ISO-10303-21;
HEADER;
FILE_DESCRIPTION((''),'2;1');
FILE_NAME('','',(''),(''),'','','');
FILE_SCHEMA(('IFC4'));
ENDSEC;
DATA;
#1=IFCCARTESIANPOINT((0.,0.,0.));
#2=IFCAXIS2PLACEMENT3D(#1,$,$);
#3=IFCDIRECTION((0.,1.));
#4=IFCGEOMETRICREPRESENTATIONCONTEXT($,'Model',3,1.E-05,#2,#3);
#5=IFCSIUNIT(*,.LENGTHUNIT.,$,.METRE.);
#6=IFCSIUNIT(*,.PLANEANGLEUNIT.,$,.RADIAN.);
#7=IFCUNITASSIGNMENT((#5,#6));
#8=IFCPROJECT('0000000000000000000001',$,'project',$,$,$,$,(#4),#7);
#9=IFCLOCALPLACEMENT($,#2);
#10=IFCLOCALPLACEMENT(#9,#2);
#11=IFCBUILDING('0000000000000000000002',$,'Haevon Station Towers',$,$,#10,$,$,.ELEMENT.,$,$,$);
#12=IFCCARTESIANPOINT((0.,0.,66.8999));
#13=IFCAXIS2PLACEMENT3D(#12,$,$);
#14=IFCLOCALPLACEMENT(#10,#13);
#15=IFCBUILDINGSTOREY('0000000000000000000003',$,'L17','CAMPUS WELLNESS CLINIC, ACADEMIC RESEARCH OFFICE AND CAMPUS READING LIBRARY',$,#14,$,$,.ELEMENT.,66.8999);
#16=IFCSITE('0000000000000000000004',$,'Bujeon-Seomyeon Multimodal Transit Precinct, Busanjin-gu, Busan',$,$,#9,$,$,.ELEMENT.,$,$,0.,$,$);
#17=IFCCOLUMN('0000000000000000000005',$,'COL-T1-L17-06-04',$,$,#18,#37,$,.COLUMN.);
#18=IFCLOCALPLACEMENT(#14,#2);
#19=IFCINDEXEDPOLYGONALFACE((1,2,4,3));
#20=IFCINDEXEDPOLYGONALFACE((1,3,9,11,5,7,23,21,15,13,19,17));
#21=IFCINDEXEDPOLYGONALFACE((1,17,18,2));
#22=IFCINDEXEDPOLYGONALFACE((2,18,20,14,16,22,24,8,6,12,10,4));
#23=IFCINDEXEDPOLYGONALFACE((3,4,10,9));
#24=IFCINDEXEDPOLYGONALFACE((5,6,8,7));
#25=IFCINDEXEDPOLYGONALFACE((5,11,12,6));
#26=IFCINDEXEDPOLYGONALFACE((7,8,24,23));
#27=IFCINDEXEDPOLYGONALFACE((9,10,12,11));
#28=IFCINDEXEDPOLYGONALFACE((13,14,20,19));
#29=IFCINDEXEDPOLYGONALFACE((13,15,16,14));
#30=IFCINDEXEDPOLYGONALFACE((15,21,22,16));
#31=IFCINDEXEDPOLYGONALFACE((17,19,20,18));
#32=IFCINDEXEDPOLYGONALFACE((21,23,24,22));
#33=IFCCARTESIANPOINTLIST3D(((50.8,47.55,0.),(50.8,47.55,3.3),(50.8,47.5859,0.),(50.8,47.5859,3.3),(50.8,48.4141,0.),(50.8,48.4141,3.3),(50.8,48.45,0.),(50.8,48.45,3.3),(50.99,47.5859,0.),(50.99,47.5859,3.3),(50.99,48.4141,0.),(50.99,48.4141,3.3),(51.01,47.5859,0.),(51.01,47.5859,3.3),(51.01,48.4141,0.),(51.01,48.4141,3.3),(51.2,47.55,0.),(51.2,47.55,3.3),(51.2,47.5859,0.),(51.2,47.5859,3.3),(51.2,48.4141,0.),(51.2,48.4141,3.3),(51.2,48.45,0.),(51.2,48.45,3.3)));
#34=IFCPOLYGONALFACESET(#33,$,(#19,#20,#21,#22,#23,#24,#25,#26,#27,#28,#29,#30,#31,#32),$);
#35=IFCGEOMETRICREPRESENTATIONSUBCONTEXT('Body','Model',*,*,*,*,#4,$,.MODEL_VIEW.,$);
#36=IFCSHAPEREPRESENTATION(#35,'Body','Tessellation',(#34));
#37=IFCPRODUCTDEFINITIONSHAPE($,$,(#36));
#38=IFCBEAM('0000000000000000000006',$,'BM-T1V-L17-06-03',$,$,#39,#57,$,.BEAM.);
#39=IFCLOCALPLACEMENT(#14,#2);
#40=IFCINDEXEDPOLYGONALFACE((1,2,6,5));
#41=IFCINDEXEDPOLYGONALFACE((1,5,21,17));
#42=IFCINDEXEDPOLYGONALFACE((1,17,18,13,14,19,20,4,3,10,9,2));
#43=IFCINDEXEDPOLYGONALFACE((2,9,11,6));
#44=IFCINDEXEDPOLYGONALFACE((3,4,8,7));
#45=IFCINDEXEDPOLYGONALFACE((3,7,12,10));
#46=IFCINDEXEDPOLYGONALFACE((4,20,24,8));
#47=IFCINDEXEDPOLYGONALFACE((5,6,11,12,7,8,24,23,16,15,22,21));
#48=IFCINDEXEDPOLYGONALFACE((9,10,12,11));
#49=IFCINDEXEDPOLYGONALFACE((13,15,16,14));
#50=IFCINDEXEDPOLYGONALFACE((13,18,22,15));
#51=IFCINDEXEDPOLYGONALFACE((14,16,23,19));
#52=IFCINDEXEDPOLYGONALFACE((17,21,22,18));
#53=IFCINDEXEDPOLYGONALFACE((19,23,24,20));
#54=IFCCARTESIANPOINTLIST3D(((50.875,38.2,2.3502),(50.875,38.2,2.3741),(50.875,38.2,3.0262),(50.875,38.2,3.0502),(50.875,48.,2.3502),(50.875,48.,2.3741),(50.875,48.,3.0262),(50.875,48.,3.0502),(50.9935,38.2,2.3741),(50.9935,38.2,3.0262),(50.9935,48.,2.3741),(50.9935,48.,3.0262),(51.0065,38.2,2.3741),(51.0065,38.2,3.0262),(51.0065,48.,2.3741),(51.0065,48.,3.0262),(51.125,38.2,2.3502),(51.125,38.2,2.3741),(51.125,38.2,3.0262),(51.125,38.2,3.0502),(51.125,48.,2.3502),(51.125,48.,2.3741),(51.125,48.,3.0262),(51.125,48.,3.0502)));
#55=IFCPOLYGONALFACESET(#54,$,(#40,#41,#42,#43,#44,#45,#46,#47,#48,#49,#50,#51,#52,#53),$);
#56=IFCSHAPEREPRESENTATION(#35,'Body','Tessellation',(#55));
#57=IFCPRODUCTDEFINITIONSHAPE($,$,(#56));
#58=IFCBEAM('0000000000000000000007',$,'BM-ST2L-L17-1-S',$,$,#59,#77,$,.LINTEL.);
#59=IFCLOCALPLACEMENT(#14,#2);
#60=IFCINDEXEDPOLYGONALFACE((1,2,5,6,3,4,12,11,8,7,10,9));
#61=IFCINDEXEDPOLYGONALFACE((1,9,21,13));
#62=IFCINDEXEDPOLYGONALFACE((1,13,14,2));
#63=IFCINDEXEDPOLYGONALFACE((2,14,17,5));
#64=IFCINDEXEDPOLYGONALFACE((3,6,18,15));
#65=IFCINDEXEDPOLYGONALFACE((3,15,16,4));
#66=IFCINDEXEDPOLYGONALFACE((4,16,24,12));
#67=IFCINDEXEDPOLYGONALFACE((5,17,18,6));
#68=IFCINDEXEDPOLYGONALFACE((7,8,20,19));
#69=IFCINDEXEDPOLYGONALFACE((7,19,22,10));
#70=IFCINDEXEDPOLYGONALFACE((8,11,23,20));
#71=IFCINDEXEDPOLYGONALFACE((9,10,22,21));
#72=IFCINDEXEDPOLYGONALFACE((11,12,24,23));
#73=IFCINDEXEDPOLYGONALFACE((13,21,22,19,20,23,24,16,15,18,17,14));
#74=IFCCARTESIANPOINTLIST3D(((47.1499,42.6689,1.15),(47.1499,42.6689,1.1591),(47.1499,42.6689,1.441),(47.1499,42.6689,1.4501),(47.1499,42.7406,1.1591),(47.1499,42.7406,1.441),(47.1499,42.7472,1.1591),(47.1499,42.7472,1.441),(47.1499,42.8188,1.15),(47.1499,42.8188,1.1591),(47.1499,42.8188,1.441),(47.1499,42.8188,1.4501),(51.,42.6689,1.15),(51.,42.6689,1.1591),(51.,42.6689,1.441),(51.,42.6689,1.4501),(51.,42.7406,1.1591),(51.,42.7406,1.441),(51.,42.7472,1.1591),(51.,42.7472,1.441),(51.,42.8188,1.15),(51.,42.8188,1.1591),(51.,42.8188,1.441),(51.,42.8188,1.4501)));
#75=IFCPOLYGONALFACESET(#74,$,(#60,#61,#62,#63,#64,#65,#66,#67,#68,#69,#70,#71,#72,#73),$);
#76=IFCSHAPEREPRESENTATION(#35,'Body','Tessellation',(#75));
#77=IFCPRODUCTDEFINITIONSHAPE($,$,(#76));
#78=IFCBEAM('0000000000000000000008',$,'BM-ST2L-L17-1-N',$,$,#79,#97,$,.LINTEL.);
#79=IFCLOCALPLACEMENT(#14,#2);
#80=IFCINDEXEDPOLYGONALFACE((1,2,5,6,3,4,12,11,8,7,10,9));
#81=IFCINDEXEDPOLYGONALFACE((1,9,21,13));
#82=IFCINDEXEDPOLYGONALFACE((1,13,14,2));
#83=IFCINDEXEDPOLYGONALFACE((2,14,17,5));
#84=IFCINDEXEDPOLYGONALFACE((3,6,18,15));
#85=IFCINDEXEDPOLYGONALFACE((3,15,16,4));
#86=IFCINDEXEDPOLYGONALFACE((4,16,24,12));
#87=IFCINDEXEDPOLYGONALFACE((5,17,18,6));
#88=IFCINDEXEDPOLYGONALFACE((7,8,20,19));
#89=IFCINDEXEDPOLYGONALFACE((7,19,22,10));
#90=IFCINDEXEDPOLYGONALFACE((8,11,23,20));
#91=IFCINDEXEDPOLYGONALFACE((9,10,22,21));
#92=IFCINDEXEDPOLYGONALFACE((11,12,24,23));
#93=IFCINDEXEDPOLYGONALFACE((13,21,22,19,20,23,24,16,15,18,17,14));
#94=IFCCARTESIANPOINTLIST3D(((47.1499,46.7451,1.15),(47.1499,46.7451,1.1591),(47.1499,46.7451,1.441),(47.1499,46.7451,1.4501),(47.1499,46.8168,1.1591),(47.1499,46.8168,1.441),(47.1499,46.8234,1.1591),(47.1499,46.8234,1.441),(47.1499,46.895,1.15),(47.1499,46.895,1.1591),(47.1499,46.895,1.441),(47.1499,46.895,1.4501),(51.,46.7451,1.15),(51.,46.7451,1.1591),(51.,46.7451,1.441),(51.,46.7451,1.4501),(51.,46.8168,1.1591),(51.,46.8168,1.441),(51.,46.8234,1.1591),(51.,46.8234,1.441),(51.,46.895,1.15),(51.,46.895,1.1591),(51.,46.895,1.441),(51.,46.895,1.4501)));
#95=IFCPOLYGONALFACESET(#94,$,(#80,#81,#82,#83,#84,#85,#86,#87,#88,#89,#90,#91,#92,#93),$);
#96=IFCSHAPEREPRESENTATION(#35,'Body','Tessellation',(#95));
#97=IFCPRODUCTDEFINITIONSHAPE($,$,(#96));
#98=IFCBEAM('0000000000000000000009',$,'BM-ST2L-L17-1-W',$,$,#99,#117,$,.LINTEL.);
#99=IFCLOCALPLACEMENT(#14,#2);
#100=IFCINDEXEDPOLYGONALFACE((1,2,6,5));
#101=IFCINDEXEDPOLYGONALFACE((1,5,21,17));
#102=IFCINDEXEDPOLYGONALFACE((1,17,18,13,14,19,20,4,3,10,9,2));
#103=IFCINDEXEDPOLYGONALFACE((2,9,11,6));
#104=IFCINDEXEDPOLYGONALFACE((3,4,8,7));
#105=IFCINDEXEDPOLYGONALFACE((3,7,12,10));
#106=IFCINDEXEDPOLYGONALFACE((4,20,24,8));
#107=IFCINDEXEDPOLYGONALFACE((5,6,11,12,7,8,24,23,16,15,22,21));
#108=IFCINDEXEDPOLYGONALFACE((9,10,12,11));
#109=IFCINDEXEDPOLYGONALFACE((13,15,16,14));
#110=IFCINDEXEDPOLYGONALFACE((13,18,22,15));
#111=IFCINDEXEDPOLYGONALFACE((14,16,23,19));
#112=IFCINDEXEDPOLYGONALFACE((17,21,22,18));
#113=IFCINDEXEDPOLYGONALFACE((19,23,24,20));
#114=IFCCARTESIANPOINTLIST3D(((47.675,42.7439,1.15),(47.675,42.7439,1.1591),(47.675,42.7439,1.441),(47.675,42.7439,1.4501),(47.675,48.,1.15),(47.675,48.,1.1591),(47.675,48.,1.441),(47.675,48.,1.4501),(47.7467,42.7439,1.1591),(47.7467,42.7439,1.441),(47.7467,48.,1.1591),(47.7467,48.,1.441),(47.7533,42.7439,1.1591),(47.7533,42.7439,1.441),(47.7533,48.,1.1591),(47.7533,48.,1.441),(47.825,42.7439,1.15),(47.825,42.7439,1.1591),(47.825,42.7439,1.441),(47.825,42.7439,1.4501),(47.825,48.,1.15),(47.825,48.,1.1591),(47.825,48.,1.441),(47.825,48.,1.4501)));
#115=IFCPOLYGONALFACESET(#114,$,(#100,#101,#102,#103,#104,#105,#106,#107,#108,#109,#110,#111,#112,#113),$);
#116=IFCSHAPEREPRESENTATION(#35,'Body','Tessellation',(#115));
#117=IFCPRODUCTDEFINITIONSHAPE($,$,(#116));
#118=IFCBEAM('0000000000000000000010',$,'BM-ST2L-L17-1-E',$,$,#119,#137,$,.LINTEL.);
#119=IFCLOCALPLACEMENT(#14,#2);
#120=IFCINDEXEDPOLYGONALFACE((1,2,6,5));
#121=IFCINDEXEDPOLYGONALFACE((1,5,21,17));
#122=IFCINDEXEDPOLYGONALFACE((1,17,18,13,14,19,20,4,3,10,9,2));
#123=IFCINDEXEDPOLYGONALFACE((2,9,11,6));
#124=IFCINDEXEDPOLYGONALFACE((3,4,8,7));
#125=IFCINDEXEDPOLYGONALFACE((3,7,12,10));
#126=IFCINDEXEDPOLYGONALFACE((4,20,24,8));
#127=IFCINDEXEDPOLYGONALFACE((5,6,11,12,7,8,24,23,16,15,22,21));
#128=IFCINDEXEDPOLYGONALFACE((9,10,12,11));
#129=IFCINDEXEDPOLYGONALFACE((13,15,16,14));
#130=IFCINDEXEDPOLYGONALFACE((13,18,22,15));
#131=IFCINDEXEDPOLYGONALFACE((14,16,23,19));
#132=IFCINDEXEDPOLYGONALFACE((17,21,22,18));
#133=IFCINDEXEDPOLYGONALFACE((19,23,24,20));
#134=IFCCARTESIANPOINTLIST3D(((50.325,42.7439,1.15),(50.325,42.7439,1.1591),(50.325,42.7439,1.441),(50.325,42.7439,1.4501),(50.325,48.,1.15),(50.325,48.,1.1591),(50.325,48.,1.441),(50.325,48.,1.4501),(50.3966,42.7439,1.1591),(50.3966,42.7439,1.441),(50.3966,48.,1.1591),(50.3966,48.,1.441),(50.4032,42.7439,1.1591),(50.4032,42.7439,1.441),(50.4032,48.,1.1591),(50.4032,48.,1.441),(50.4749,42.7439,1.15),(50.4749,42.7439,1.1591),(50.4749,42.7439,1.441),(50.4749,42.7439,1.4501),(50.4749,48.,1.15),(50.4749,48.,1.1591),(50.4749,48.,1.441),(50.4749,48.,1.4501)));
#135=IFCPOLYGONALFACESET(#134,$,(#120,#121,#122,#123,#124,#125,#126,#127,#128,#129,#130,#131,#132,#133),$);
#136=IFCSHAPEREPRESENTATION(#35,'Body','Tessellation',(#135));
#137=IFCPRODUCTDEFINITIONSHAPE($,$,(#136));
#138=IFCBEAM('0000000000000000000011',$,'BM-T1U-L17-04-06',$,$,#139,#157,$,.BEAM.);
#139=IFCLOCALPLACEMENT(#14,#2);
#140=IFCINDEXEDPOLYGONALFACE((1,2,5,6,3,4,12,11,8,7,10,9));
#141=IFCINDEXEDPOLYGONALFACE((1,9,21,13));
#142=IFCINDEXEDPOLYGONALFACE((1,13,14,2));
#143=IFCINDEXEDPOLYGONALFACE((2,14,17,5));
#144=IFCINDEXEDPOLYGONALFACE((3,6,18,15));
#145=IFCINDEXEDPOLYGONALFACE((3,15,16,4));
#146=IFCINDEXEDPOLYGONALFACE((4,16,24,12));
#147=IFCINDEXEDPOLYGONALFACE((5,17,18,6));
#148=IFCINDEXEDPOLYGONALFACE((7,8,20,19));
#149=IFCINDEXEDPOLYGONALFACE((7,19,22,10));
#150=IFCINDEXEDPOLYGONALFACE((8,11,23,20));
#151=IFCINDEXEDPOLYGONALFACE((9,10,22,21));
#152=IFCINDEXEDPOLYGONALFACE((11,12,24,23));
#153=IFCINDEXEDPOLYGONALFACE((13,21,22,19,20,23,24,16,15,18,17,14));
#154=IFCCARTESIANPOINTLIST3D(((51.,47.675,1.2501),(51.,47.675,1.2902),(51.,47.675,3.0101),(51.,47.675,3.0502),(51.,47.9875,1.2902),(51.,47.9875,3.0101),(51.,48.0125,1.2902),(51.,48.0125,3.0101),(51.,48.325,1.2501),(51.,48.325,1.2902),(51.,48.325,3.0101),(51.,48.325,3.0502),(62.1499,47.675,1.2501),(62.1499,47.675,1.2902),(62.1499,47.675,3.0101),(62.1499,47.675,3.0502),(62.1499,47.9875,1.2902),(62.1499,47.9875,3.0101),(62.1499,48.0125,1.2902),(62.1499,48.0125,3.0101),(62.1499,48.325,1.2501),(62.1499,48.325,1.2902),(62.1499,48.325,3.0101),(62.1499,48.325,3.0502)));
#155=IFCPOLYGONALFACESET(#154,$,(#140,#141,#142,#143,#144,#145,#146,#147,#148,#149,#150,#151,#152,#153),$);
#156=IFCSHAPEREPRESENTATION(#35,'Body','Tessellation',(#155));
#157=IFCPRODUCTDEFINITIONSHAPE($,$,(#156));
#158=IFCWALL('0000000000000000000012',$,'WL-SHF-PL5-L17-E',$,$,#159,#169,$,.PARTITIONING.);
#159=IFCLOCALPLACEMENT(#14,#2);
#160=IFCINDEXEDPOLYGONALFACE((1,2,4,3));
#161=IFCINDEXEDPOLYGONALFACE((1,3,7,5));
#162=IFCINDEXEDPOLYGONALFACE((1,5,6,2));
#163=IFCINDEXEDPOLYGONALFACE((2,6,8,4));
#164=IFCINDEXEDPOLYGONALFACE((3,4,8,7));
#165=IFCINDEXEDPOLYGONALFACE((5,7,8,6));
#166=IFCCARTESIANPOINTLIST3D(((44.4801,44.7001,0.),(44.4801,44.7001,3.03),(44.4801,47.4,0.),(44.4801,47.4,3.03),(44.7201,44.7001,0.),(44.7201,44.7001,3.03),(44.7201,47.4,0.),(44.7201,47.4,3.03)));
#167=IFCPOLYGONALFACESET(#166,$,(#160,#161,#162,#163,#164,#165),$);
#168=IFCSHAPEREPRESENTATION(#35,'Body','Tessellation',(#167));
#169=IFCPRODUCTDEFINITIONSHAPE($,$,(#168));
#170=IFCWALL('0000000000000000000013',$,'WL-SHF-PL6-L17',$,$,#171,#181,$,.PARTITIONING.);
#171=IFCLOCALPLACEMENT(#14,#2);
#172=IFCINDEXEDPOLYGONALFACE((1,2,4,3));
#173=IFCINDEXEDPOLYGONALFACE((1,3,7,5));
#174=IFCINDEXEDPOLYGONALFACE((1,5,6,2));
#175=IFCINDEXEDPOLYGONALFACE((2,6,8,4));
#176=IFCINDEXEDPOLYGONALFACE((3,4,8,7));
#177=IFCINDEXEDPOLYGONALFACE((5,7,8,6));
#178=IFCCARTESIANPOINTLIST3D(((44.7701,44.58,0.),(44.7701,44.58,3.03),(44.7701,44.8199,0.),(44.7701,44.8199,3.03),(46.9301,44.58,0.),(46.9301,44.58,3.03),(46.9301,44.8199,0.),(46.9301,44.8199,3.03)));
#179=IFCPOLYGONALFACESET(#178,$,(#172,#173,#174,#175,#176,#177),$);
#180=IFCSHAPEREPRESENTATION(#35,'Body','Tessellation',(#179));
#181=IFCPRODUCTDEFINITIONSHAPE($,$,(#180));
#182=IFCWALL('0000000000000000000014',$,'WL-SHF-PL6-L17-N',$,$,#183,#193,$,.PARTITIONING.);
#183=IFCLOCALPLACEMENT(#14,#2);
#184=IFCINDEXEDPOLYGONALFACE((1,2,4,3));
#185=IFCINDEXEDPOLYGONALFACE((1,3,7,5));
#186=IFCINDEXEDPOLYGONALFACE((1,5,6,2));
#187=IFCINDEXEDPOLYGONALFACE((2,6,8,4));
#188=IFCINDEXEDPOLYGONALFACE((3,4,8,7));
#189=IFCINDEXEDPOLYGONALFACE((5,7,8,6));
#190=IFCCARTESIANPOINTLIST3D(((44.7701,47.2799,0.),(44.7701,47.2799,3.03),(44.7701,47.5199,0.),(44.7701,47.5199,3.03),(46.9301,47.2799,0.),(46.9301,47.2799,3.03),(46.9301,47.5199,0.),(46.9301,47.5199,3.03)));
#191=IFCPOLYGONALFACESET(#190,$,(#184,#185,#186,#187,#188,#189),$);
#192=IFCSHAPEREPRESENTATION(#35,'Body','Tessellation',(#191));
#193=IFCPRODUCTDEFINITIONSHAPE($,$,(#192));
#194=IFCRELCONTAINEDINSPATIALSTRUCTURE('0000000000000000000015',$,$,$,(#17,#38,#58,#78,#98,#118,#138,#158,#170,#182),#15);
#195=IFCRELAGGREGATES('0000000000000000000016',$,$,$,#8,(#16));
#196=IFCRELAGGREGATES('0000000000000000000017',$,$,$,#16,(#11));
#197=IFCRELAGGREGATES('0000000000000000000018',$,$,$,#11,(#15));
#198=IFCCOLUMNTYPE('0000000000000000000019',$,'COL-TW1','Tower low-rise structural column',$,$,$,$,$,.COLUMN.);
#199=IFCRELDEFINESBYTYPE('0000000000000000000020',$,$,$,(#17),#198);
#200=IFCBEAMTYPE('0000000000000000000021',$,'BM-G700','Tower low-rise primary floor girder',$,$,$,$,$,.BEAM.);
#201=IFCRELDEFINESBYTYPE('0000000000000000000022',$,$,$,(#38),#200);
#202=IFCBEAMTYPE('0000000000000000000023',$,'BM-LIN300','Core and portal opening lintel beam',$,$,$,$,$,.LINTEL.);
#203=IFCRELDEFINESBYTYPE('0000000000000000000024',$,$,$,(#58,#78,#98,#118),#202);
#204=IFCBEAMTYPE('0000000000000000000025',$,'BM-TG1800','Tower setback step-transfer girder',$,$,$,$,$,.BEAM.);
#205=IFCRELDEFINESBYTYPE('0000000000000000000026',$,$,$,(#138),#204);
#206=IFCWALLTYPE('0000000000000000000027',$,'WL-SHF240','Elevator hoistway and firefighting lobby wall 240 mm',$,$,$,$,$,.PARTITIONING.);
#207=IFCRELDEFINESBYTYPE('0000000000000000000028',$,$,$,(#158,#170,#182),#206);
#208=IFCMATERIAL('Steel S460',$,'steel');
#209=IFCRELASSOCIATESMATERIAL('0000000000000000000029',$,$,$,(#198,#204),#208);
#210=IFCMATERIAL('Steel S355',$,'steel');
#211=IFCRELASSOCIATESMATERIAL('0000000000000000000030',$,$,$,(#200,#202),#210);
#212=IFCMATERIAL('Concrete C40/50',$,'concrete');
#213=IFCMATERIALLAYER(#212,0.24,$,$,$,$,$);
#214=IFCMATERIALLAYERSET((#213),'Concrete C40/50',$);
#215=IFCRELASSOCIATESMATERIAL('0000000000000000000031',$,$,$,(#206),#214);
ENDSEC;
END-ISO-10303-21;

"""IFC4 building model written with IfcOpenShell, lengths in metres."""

from ifc_helpers import new_model, si_unit, direction, frame, frame_2d, origin, origin_2d, place, context, subcontext, project, spatial, rectangle, i_section, extrude, material, layer, layer_set, material_profile, profile_set, type_object, element, save


model = new_model("IFC4")

# Units and contexts
model_context = context("Model", 3, precision=1e-05, world=origin(), true_north=direction((0.0, 1.0)))
body_context = subcontext(model_context, "Body", "Model", "MODEL_VIEW")
ifc_project = project(units=[si_unit("LENGTHUNIT", "METRE"), si_unit("PLANEANGLEUNIT", "RADIAN")], contexts=[model_context])

# Site, building, storey
site_placement = place(None, origin())
site = spatial("IfcSite", under=ifc_project, at=site_placement, Name="Bujeon-Seomyeon Multimodal Transit Precinct, Busanjin-gu, Busan", CompositionType="ELEMENT", RefElevation=0.0)
building_placement = place(site_placement, origin())
building = spatial("IfcBuilding", under=site, at=building_placement, Name="Haevon Station Towers", CompositionType="ELEMENT")
storey_placement = place(building_placement, frame((0.0, 0.0, 66.8999)))
storey = spatial("IfcBuildingStorey", under=building, at=storey_placement, Name="L17", Description="CAMPUS WELLNESS CLINIC, ACADEMIC RESEARCH OFFICE AND CAMPUS READING LIBRARY", CompositionType="ELEMENT", Elevation=66.8999)

# Column
ifc_material_1 = material(Name="Steel S460", Category="steel")
ifc_material_profile_1 = material_profile(ifc_material_1, i_section(OverallWidth=0.3999, OverallDepth=0.8999, WebThickness=0.02, FlangeThickness=0.0359, at=origin_2d()), Name="H-900x400x20x36")
ifc_profile_set_1 = profile_set([ifc_material_profile_1], Name="Steel S460")
column_type = type_object("IfcColumnType", Name="COL-TW1", Description="Tower low-rise structural column", PredefinedType="COLUMN", material=ifc_profile_set_1)
column_placement = place(storey_placement, frame((51.0, 48.0, 0.0), z_axis=(0.0, 0.0, 1.0), x_axis=(1.0, 0.0, 0.0)))
element("IfcColumn", 1, at=column_placement, inside=storey, type_object=column_type, Name="COL-T1-L17-06-04", PredefinedType="COLUMN", context=body_context, shape_type="SweptSolid", body=[
    extrude(i_section(OverallWidth=0.3999, OverallDepth=0.8999, WebThickness=0.02, FlangeThickness=0.0359, at=origin_2d()), origin(), (0.0, 0.0, 1.0), 3.3),
])

# Beams
ifc_material_2 = material(Name="Steel S355", Category="steel")
ifc_material_profile_2 = material_profile(ifc_material_2, i_section(OverallWidth=0.25, OverallDepth=0.7, WebThickness=0.0129, FlangeThickness=0.0239, at=origin_2d()), Name="H-700x250x13x24")
ifc_profile_set_2 = profile_set([ifc_material_profile_2], Name="Steel S355")
beam_type_1 = type_object("IfcBeamType", Name="BM-G700", Description="Tower low-rise primary floor girder", PredefinedType="BEAM", material=ifc_profile_set_2)
beam_1_placement = place(storey_placement, frame((51.0, 38.2, 2.7002), z_axis=(0.0, 1.0, 0.0), x_axis=(-1.0, 0.0, 0.0)))
element("IfcBeam", 2, at=beam_1_placement, inside=storey, type_object=beam_type_1, Name="BM-T1V-L17-06-03", PredefinedType="BEAM", context=body_context, shape_type="SweptSolid", body=[
    extrude(i_section(OverallWidth=0.25, OverallDepth=0.7, WebThickness=0.0129, FlangeThickness=0.0239, at=origin_2d()), origin(), (0.0, 0.0, 1.0), 9.8),
])
ifc_material_profile_3 = material_profile(ifc_material_2, i_section(OverallWidth=0.1499, OverallDepth=0.3, WebThickness=0.0066, FlangeThickness=0.009, at=origin_2d()), Name="H-300x150x6.5x9")
ifc_profile_set_3 = profile_set([ifc_material_profile_3], Name="Steel S355")
beam_type_2 = type_object("IfcBeamType", Name="BM-LIN300", Description="Core and portal opening lintel beam", PredefinedType="LINTEL", material=ifc_profile_set_3)
for number, where, z_axis, x_axis, name in (
    (3, (47.1499, 42.7439, 1.3), (1.0, 0.0, 0.0), (0.0, 1.0, 0.0), "BM-ST2L-L17-1-S"),
    (4, (47.1499, 46.8201, 1.3), (1.0, 0.0, 0.0), (0.0, 1.0, 0.0), "BM-ST2L-L17-1-N"),
):
    element("IfcBeam", number, at=place(storey_placement, frame(where, z_axis=z_axis, x_axis=x_axis)), inside=storey, type_object=beam_type_2, Name=name, PredefinedType="LINTEL", context=body_context, shape_type="SweptSolid", body=[
        extrude(i_section(OverallWidth=0.1499, OverallDepth=0.3, WebThickness=0.0066, FlangeThickness=0.009, at=origin_2d()), origin(), (0.0, 0.0, 1.0), 3.8501),
    ])
for number, where, z_axis, x_axis, name in (
    (5, (47.75, 42.7439, 1.3), (0.0, 1.0, 0.0), (-1.0, 0.0, 0.0), "BM-ST2L-L17-1-W"),
    (6, (50.3999, 42.7439, 1.3), (0.0, 1.0, 0.0), (-1.0, 0.0, 0.0), "BM-ST2L-L17-1-E"),
):
    element("IfcBeam", number, at=place(storey_placement, frame(where, z_axis=z_axis, x_axis=x_axis)), inside=storey, type_object=beam_type_2, Name=name, PredefinedType="LINTEL", context=body_context, shape_type="SweptSolid", body=[
        extrude(i_section(OverallWidth=0.1499, OverallDepth=0.3, WebThickness=0.0066, FlangeThickness=0.009, at=origin_2d()), origin(), (0.0, 0.0, 1.0), 5.2561),
    ])
ifc_material_profile_4 = material_profile(ifc_material_1, i_section(OverallWidth=0.6499, OverallDepth=1.8, WebThickness=0.0249, FlangeThickness=0.04, at=origin_2d()), Name="H-1800x650x25x40")
ifc_profile_set_4 = profile_set([ifc_material_profile_4], Name="Steel S460")
beam_type_3 = type_object("IfcBeamType", Name="BM-TG1800", Description="Tower setback step-transfer girder", PredefinedType="BEAM", material=ifc_profile_set_4)
beam_2_placement = place(storey_placement, frame((51.0, 48.0, 2.1501), z_axis=(1.0, 0.0, 0.0), x_axis=(0.0, 1.0, 0.0)))
element("IfcBeam", 7, at=beam_2_placement, inside=storey, type_object=beam_type_3, Name="BM-T1U-L17-04-06", PredefinedType="BEAM", context=body_context, shape_type="SweptSolid", body=[
    extrude(i_section(OverallWidth=0.6499, OverallDepth=1.8, WebThickness=0.0249, FlangeThickness=0.04, at=origin_2d()), origin(), (0.0, 0.0, 1.0), 11.1499),
])

# Walls
ifc_material_3 = material(Name="Concrete C40/50", Category="concrete")
ifc_layer = layer(ifc_material_3, 0.24)
ifc_layer_set = layer_set([ifc_layer], Name="Concrete C40/50")
wall_type = type_object("IfcWallType", Name="WL-SHF240", Description="Elevator hoistway and firefighting lobby wall 240 mm", PredefinedType="PARTITIONING", material=ifc_layer_set)
wall_placement = place(storey_placement, frame((44.6001, 44.7, 0.0), z_axis=(0.0, 0.0, 1.0), x_axis=(0.0, 1.0, 0.0)))
element("IfcWall", 8, at=wall_placement, inside=storey, type_object=wall_type, Name="WL-SHF-PL5-L17-E", PredefinedType="PARTITIONING", context=body_context, shape_type="SweptSolid", body=[
    extrude(rectangle(XDim=2.7, YDim=0.24, at=frame_2d((1.3501, 0.0))), origin(), (0.0, 0.0, 1.0), 3.03),
])
for number, where, z_axis, x_axis, name in (
    (9, (44.77, 44.7, 0.0), (0.0, 0.0, 1.0), (1.0, 0.0, 0.0), "WL-SHF-PL6-L17"),
    (10, (44.77, 47.3999, 0.0), (0.0, 0.0, 1.0), (1.0, 0.0, 0.0), "WL-SHF-PL6-L17-N"),
):
    element("IfcWall", number, at=place(storey_placement, frame(where, z_axis=z_axis, x_axis=x_axis)), inside=storey, type_object=wall_type, Name=name, PredefinedType="PARTITIONING", context=body_context, shape_type="SweptSolid", body=[
        extrude(rectangle(XDim=2.1599, YDim=0.24, at=frame_2d((1.0801, 0.0))), origin(), (0.0, 0.0, 1.0), 3.03),
    ])

save(model, "model.ifc")
